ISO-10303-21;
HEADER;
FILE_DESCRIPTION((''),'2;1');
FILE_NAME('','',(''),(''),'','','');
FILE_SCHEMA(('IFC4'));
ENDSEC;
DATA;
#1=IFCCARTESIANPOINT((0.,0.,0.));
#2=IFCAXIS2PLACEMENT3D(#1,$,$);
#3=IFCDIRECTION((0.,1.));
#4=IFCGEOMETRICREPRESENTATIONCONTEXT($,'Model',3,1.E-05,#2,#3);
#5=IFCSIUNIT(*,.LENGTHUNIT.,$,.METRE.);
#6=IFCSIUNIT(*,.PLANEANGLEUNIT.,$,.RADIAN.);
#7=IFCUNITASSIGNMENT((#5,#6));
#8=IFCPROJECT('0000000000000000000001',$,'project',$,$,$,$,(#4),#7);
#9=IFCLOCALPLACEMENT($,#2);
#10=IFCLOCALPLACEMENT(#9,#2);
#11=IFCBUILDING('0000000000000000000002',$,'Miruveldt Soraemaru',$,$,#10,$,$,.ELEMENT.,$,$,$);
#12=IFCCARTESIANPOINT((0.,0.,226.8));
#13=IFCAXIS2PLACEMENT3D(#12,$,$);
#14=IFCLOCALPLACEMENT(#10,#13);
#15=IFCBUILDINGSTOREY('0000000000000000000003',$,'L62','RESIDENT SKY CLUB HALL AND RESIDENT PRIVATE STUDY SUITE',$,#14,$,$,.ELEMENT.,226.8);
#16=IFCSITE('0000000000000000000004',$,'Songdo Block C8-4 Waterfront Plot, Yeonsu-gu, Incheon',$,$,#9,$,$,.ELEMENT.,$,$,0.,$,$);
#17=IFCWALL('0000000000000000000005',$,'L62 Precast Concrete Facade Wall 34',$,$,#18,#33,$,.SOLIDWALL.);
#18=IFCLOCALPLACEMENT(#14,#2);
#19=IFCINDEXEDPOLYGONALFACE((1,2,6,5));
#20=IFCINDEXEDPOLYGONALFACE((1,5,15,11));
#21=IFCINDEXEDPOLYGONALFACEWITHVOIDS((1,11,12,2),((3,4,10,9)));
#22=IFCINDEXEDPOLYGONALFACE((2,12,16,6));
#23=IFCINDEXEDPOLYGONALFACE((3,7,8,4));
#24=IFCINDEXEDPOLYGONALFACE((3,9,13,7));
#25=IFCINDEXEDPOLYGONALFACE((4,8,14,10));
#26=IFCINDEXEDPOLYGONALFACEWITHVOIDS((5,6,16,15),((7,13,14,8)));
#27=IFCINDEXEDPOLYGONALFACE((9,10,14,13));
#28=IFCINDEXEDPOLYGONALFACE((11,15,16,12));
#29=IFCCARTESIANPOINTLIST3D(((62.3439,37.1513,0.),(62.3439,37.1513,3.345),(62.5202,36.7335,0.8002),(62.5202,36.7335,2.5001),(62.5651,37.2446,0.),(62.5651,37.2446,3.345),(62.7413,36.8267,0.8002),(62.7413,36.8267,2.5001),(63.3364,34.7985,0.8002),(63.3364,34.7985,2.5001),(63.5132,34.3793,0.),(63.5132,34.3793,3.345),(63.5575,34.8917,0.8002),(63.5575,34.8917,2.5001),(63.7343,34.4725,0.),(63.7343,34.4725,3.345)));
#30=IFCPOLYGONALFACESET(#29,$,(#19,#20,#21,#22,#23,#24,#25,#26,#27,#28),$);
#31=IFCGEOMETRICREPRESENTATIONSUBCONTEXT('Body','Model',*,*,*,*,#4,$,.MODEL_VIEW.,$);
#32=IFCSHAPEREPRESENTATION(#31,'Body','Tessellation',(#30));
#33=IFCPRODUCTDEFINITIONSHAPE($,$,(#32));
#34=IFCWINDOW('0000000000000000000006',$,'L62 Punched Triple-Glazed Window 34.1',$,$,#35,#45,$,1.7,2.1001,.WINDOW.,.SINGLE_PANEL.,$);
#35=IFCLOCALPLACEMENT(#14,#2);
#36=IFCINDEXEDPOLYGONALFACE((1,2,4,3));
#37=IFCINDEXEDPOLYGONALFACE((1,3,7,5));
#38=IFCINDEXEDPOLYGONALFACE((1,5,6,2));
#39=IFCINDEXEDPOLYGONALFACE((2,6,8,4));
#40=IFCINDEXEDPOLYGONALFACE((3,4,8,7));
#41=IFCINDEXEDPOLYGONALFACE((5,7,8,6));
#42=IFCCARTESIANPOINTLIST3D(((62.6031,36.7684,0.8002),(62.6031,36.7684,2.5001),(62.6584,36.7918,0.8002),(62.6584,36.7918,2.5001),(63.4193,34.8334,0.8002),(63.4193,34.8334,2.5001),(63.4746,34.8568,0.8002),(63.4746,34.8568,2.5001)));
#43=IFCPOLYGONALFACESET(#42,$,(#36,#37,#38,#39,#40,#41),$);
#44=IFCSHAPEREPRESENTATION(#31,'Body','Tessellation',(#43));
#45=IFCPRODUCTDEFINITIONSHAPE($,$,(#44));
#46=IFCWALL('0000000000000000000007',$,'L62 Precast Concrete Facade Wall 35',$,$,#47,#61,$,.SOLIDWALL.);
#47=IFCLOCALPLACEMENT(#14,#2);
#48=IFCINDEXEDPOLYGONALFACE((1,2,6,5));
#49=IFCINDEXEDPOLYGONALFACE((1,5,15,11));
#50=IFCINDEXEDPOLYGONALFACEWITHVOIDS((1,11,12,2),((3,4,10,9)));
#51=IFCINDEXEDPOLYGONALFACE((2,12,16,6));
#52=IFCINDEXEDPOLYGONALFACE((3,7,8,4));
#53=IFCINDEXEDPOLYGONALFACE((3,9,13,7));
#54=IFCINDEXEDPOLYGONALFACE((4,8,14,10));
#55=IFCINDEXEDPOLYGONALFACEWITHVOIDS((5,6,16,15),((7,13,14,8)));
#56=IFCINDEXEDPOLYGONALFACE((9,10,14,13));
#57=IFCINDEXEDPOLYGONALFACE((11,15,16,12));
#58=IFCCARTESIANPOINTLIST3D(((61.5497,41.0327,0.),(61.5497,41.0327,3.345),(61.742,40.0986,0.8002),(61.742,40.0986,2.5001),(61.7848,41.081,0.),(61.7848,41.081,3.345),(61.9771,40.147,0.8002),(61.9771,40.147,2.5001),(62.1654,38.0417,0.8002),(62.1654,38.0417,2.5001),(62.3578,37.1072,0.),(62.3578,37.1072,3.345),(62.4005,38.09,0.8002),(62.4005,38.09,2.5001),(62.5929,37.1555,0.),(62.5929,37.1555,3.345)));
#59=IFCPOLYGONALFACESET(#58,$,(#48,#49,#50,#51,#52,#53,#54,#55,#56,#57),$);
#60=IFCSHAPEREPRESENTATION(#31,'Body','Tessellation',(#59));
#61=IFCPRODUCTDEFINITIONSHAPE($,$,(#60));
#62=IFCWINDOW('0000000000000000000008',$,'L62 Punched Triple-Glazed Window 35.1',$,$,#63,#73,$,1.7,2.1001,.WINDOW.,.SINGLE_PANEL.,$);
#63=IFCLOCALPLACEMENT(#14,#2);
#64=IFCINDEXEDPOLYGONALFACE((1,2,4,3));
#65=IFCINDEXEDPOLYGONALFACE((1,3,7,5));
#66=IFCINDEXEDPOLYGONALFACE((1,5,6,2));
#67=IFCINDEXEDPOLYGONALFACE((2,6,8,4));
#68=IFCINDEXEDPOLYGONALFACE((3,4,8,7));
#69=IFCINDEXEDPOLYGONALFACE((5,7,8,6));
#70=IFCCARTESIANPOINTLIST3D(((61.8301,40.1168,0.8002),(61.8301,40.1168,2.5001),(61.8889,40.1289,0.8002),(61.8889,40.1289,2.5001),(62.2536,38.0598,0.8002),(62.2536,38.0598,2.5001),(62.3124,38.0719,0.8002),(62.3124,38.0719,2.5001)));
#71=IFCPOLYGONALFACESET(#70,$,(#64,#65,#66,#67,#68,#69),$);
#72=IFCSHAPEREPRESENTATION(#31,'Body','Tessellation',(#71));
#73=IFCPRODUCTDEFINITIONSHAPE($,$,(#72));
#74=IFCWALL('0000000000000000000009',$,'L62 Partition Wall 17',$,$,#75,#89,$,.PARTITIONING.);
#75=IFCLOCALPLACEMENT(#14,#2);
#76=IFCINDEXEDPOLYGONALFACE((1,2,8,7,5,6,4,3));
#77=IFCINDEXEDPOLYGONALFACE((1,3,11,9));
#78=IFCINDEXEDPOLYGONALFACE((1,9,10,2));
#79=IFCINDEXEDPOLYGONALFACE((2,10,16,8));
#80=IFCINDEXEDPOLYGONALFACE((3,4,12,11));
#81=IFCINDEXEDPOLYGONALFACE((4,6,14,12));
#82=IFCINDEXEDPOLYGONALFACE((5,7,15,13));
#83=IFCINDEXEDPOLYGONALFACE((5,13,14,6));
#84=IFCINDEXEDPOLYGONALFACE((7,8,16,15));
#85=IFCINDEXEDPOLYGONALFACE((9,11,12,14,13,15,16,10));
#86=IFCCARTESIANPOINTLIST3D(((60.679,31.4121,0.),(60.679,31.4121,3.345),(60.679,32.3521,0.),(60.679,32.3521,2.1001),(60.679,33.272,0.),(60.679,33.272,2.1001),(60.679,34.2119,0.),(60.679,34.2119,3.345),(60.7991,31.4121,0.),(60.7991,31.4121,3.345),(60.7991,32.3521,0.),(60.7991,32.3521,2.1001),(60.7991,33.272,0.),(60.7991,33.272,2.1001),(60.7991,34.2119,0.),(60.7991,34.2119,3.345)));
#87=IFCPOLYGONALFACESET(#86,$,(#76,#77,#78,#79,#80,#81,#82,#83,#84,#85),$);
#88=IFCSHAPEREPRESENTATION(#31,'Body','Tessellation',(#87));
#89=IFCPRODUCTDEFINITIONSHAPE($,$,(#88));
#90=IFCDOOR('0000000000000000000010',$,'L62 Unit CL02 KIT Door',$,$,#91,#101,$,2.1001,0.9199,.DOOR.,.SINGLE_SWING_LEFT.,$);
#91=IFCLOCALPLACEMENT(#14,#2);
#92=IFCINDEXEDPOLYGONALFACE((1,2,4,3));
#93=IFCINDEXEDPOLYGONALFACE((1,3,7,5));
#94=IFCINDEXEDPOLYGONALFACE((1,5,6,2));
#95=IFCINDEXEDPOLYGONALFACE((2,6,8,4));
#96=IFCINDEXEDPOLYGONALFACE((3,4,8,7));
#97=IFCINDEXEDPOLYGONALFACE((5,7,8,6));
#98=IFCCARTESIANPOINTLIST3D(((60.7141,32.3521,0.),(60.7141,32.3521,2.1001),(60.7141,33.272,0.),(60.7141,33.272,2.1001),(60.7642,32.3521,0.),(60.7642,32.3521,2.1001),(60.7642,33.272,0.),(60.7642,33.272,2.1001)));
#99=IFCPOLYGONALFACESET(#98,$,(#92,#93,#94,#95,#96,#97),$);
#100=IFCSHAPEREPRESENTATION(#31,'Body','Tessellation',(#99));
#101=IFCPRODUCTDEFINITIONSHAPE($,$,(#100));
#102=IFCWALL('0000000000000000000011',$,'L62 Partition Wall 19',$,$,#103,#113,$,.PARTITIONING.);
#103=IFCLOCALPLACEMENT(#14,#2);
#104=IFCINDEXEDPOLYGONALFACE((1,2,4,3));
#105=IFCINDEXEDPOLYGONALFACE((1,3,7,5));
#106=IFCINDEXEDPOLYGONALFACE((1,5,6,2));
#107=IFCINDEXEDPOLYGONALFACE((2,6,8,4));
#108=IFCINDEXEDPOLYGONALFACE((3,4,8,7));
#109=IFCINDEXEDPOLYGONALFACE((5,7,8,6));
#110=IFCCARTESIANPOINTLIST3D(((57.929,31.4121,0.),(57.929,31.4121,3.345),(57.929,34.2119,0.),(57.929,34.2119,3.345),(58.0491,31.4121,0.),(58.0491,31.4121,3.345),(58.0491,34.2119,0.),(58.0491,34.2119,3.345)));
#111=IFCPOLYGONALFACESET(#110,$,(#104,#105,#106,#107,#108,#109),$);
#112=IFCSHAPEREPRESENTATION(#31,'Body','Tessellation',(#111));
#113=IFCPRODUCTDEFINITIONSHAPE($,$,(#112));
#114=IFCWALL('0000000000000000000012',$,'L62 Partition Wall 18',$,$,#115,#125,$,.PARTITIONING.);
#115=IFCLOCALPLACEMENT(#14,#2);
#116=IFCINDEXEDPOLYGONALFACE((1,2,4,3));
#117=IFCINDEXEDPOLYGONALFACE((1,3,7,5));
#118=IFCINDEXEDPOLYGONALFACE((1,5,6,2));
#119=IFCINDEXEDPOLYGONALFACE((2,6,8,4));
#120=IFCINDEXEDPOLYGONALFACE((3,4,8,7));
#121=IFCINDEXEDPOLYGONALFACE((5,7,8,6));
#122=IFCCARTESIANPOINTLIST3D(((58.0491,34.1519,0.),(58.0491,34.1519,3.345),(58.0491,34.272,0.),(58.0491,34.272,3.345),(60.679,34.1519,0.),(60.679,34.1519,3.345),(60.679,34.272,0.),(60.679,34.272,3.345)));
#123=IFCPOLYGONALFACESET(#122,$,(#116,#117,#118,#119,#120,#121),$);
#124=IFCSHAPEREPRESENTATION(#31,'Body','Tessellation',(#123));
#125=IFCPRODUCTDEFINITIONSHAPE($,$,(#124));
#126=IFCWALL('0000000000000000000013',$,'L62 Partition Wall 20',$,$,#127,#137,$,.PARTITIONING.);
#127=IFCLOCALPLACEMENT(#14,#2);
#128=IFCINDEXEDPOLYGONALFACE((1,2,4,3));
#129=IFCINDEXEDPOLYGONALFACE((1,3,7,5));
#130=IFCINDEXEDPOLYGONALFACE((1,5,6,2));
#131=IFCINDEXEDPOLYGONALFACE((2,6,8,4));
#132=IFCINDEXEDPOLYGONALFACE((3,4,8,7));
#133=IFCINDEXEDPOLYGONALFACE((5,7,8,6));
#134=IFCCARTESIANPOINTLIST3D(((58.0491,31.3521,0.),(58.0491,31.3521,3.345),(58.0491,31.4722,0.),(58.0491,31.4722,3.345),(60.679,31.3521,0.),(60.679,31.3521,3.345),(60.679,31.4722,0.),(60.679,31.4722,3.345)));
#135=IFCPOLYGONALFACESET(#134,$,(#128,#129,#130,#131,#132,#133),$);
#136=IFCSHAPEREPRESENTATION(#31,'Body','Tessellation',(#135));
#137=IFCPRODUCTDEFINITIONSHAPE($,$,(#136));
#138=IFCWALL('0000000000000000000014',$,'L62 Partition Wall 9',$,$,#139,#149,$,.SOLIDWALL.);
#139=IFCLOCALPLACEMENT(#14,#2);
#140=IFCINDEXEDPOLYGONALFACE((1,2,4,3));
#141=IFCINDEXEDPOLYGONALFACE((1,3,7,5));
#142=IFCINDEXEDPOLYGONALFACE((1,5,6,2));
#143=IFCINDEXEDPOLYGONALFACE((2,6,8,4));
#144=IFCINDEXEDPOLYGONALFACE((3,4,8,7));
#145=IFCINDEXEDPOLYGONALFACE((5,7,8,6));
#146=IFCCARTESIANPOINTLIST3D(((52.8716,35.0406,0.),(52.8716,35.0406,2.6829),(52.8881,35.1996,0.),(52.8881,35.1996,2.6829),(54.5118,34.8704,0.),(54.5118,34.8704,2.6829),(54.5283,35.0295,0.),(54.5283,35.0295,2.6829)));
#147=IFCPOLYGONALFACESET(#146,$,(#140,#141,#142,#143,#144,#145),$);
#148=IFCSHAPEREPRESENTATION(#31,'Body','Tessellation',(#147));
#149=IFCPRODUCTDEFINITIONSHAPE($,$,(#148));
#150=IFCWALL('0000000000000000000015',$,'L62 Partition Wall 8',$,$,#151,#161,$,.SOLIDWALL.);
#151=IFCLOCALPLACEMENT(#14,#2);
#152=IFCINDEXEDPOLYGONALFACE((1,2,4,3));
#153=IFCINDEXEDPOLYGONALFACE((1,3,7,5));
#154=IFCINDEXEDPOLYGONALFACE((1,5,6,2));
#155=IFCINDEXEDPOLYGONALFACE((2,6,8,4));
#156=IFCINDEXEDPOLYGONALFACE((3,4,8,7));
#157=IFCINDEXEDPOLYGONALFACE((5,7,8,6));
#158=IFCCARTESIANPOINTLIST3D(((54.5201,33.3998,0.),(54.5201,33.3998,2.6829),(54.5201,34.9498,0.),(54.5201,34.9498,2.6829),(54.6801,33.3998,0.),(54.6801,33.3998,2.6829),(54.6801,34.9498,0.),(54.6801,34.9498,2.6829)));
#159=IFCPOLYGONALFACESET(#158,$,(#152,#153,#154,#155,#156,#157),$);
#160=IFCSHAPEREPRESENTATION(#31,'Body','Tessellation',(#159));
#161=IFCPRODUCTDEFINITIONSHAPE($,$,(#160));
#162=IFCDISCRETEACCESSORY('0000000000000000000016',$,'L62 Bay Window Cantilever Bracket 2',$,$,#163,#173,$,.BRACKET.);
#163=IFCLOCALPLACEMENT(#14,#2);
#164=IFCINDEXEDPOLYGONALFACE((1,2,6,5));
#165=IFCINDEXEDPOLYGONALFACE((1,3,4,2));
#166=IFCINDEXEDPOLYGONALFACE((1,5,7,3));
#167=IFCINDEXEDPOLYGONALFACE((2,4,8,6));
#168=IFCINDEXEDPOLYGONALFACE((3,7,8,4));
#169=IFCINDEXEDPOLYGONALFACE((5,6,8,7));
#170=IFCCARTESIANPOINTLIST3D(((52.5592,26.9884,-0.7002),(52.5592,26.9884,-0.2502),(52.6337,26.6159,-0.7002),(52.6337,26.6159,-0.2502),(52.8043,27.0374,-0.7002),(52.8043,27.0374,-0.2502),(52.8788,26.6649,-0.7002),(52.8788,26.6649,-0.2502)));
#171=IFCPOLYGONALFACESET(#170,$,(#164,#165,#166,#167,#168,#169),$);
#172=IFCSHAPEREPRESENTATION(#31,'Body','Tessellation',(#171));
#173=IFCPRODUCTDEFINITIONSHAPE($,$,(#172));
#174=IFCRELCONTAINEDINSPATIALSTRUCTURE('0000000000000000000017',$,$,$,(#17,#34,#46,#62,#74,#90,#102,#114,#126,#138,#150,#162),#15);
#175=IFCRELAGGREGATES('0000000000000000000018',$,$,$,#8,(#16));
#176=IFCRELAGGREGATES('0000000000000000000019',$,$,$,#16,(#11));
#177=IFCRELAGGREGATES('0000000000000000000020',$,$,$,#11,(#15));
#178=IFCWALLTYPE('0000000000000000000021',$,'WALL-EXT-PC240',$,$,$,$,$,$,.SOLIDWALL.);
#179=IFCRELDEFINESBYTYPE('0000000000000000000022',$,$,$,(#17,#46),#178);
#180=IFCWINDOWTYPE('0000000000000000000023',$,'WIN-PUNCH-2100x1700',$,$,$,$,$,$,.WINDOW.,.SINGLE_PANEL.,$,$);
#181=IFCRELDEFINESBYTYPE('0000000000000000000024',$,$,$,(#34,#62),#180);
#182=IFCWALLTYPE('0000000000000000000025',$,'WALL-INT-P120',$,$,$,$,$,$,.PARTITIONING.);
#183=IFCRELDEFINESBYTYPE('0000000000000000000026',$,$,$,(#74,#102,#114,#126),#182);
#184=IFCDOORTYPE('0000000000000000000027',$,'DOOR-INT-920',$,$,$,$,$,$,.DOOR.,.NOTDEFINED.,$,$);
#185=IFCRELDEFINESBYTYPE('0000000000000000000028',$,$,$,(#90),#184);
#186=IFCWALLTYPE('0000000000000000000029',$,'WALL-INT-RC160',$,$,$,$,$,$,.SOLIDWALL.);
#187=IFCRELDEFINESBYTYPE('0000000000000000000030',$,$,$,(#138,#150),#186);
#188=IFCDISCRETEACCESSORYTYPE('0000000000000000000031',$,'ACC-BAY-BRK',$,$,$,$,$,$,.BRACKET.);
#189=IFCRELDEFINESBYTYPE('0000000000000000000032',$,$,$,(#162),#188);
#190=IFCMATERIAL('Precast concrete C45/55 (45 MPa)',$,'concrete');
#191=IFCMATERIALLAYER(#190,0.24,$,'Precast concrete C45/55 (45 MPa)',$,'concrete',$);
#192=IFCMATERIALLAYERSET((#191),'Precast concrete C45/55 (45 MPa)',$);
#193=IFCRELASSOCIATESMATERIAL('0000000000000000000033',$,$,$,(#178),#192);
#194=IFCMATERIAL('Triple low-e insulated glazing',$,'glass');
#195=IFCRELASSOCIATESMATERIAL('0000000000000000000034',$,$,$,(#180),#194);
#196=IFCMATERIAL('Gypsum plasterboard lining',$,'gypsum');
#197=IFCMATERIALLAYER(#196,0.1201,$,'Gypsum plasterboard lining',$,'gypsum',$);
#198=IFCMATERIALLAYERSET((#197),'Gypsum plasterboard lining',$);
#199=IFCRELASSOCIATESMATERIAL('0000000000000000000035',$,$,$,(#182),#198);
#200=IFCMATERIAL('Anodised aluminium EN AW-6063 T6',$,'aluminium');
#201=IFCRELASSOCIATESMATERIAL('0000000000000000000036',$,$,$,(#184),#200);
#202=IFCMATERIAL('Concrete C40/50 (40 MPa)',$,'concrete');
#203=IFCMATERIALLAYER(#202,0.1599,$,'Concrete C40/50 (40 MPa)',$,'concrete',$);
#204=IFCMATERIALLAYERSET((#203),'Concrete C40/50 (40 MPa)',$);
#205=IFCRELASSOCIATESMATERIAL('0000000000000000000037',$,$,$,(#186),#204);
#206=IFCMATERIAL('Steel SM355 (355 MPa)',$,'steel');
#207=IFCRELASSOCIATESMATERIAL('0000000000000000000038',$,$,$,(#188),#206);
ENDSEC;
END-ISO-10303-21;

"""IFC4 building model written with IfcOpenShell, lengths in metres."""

from ifc_helpers import new_model, si_unit, direction, frame, frame_2d, origin, origin_2d, place, context, subcontext, project, spatial, rectangle, extrude, material, layer, layer_set, type_object, element, fill, save


model = new_model("IFC4")

# Units and contexts
model_context = context("Model", 3, precision=1e-05, world=origin(), true_north=direction((0.0, 1.0)))
body_context = subcontext(model_context, "Body", "Model", "MODEL_VIEW")
ifc_project = project(units=[si_unit("LENGTHUNIT", "METRE"), si_unit("PLANEANGLEUNIT", "RADIAN")], contexts=[model_context])

# Site, building, storey
site_placement = place(None, origin())
site = spatial("IfcSite", under=ifc_project, at=site_placement, Name="Songdo Block C8-4 Waterfront Plot, Yeonsu-gu, Incheon", CompositionType="ELEMENT", RefElevation=0.0)
building_placement = place(site_placement, origin())
building = spatial("IfcBuilding", under=site, at=building_placement, Name="Miruveldt Soraemaru", CompositionType="ELEMENT")
storey_placement = place(building_placement, frame((0.0, 0.0, 226.8)))
storey = spatial("IfcBuildingStorey", under=building, at=storey_placement, Name="L62", Description="RESIDENT SKY CLUB HALL AND RESIDENT PRIVATE STUDY SUITE", CompositionType="ELEMENT", Elevation=226.8)

# Shared definitions
ifc_material_1 = material(Name="Steel SM355 (355 MPa)", Category="steel")

# Shared definitions
ifc_material_2 = material(Name="Precast concrete C45/55 (45 MPa)", Category="concrete")
ifc_layer_1 = layer(ifc_material_2, 0.24, Name="Precast concrete C45/55 (45 MPa)", Category="concrete")
ifc_layer_set_1 = layer_set([ifc_layer_1], Name="Precast concrete C45/55 (45 MPa)")
wall_type_1 = type_object("IfcWallType", Name="WALL-EXT-PC240", PredefinedType="SOLIDWALL", material=ifc_layer_set_1)

# Walls, openings, windows
ifc_material_3 = material(Name="Triple low-e insulated glazing", Category="glass")
window_type_1 = type_object("IfcWindowType", Name="WIN-PUNCH-2100x1700", PartitioningType="SINGLE_PANEL", PredefinedType="WINDOW", material=ifc_material_3)
wall_1_placement = place(storey_placement, frame((63.6238, 34.4258, 0.0), z_axis=(0.0, 0.0, 1.0), x_axis=(-0.388634, 0.921392, 0.0)))
wall_1 = element("IfcWall", 1, at=wall_1_placement, inside=storey, type_object=wall_type_1, Name="L62 Precast Concrete Facade Wall 34", PredefinedType="SOLIDWALL", context=body_context, shape_type="SweptSolid", body=[
    extrude(rectangle(XDim=3.0085, YDim=0.24, at=frame_2d((1.5044, 0.0))), origin(), (0.0, 0.0, 1.0), 3.345),
])
opening_1_placement = place(wall_1_placement, frame((0.4551, 0.0, 0.8)))
opening_1 = element("IfcOpeningElement", 2, at=opening_1_placement, cuts=wall_1, PredefinedType="OPENING", context=body_context, shape_type="SweptSolid", body=[
    extrude(rectangle(XDim=2.1001, YDim=1.7, at=frame_2d((1.05, 0.8501))), frame((0.0, 0.1299, 0.0), z_axis=(0.0, -1.0, 0.0), x_axis=(1.0, 0.0, 0.0)), (0.0, 0.0, 1.0), 0.26),
])
window_1_placement = place(opening_1_placement, origin())
window_1 = element("IfcWindow", 3, at=window_1_placement, inside=storey, type_object=window_type_1, Name="L62 Punched Triple-Glazed Window 34.1", OverallHeight=1.7, OverallWidth=2.1001, PartitioningType="SINGLE_PANEL", PredefinedType="WINDOW", context=body_context, shape_type="SweptSolid", body=[
    extrude(rectangle(XDim=2.1001, YDim=1.7, at=frame_2d((1.05, 0.8501))), frame((0.0, 0.03, 0.0), z_axis=(0.0, -1.0, 0.0), x_axis=(1.0, 0.0, 0.0)), (0.0, 0.0, 1.0), 0.0601),
])
fill(opening_1, window_1)
wall_2_placement = place(storey_placement, frame((62.4753, 37.1313, 0.0), z_axis=(0.0, 0.0, 1.0), x_axis=(-0.201631, 0.979462, 0.0)))
wall_2 = element("IfcWall", 4, at=wall_2_placement, inside=storey, type_object=wall_type_1, Name="L62 Precast Concrete Facade Wall 35", PredefinedType="SOLIDWALL", context=body_context, shape_type="SweptSolid", body=[
    extrude(rectangle(XDim=4.0078, YDim=0.24, at=frame_2d((2.0039, 0.0))), origin(), (0.0, 0.0, 1.0), 3.345),
])
opening_2_placement = place(wall_2_placement, frame((0.9541, 0.0, 0.8)))
opening_2 = element("IfcOpeningElement", 5, at=opening_2_placement, cuts=wall_2, PredefinedType="OPENING", context=body_context, shape_type="SweptSolid", body=[
    extrude(rectangle(XDim=2.1001, YDim=1.7, at=frame_2d((1.05, 0.8501))), frame((0.0, 0.1299, 0.0), z_axis=(0.0, -1.0, 0.0), x_axis=(1.0, 0.0, 0.0)), (0.0, 0.0, 1.0), 0.26),
])
window_2_placement = place(opening_2_placement, origin())
window_2 = element("IfcWindow", 6, at=window_2_placement, inside=storey, type_object=window_type_1, Name="L62 Punched Triple-Glazed Window 35.1", OverallHeight=1.7, OverallWidth=2.1001, PartitioningType="SINGLE_PANEL", PredefinedType="WINDOW", context=body_context, shape_type="SweptSolid", body=[
    extrude(rectangle(XDim=2.1001, YDim=1.7, at=frame_2d((1.05, 0.8501))), frame((0.0, 0.03, 0.0), z_axis=(0.0, -1.0, 0.0), x_axis=(1.0, 0.0, 0.0)), (0.0, 0.0, 1.0), 0.0601),
])
fill(opening_2, window_2)

# Wall, opening, door
ifc_material_4 = material(Name="Gypsum plasterboard lining", Category="gypsum")
ifc_layer_2 = layer(ifc_material_4, 0.1201, Name="Gypsum plasterboard lining", Category="gypsum")
ifc_layer_set_2 = layer_set([ifc_layer_2], Name="Gypsum plasterboard lining")
wall_type_2 = type_object("IfcWallType", Name="WALL-INT-P120", PredefinedType="PARTITIONING", material=ifc_layer_set_2)
wall_3_placement = place(storey_placement, frame((60.739, 31.4121, 0.0), z_axis=(0.0, 0.0, 1.0), x_axis=(0.0, 1.0, 0.0)))
wall_3 = element("IfcWall", 7, at=wall_3_placement, inside=storey, type_object=wall_type_2, Name="L62 Partition Wall 17", PredefinedType="PARTITIONING", context=body_context, shape_type="SweptSolid", body=[
    extrude(rectangle(XDim=2.7998, YDim=0.1201, at=frame_2d((1.3999, 0.0))), origin(), (0.0, 0.0, 1.0), 3.345),
])
opening_3_placement = place(wall_3_placement, frame((0.9399, 0.0, 0.0)))
opening_3 = element("IfcOpeningElement", 8, at=opening_3_placement, cuts=wall_3, PredefinedType="OPENING", context=body_context, shape_type="SweptSolid", body=[
    extrude(rectangle(XDim=0.9199, YDim=2.1001, at=frame_2d((0.46, 1.05))), frame((0.0, 0.0701, 0.0), z_axis=(0.0, -1.0, 0.0), x_axis=(1.0, 0.0, 0.0)), (0.0, 0.0, 1.0), 0.1401),
])
ifc_material_5 = material(Name="Anodised aluminium EN AW-6063 T6", Category="aluminium")
door_type = type_object("IfcDoorType", Name="DOOR-INT-920", OperationType="NOTDEFINED", PredefinedType="DOOR", material=ifc_material_5)
door_placement = place(opening_3_placement, origin())
door = element("IfcDoor", 9, at=door_placement, inside=storey, type_object=door_type, Name="L62 Unit CL02 KIT Door", OperationType="SINGLE_SWING_LEFT", OverallHeight=2.1001, OverallWidth=0.9199, PredefinedType="DOOR", context=body_context, shape_type="SweptSolid", body=[
    extrude(rectangle(XDim=0.9199, YDim=2.1001, at=frame_2d((0.46, 1.05))), frame((0.0, 0.0249, 0.0), z_axis=(0.0, -1.0, 0.0), x_axis=(1.0, 0.0, 0.0)), (0.0, 0.0, 1.0), 0.05),
])
fill(opening_3, door)

# Walls
wall_4_placement = place(storey_placement, frame((57.989, 34.2119, 0.0), z_axis=(0.0, 0.0, 1.0), x_axis=(0.0, -1.0, 0.0)))
element("IfcWall", 10, at=wall_4_placement, inside=storey, type_object=wall_type_2, Name="L62 Partition Wall 19", PredefinedType="PARTITIONING", context=body_context, shape_type="SweptSolid", body=[
    extrude(rectangle(XDim=2.7998, YDim=0.1201, at=frame_2d((1.3999, 0.0))), origin(), (0.0, 0.0, 1.0), 3.345),
])
for number, where, z_axis, x_axis, name in (
    (11, (60.679, 34.2119, 0.0), (0.0, 0.0, 1.0), (-1.0, 0.0, 0.0), "L62 Partition Wall 18"),
    (12, (58.0491, 31.4121, 0.0), (0.0, 0.0, 1.0), (1.0, 0.0, 0.0), "L62 Partition Wall 20"),
):
    element("IfcWall", number, at=place(storey_placement, frame(where, z_axis=z_axis, x_axis=x_axis)), inside=storey, type_object=wall_type_2, Name=name, PredefinedType="PARTITIONING", context=body_context, shape_type="SweptSolid", body=[
        extrude(rectangle(XDim=2.6299, YDim=0.1201, at=frame_2d((1.3149, 0.0))), origin(), (0.0, 0.0, 1.0), 3.345),
    ])
ifc_material_6 = material(Name="Concrete C40/50 (40 MPa)", Category="concrete")
ifc_layer_3 = layer(ifc_material_6, 0.1599, Name="Concrete C40/50 (40 MPa)", Category="concrete")
ifc_layer_set_3 = layer_set([ifc_layer_3], Name="Concrete C40/50 (40 MPa)")
wall_type_3 = type_object("IfcWallType", Name="WALL-INT-RC160", PredefinedType="SOLIDWALL", material=ifc_layer_set_3)
wall_5_placement = place(storey_placement, frame((54.52, 34.95, 0.0), z_axis=(0.0, 0.0, 1.0), x_axis=(-0.994661, 0.103197, 0.0)))
element("IfcWall", 13, at=wall_5_placement, inside=storey, type_object=wall_type_3, Name="L62 Partition Wall 9", PredefinedType="SOLIDWALL", context=body_context, shape_type="SweptSolid", body=[
    extrude(rectangle(XDim=1.6489, YDim=0.1599, at=frame_2d((0.8245, 0.0))), origin(), (0.0, 0.0, 1.0), 2.6829),
])
wall_6_placement = place(storey_placement, frame((54.6001, 33.3999, 0.0), z_axis=(0.0, 0.0, 1.0), x_axis=(0.0, 1.0, 0.0)))
element("IfcWall", 14, at=wall_6_placement, inside=storey, type_object=wall_type_3, Name="L62 Partition Wall 8", PredefinedType="SOLIDWALL", context=body_context, shape_type="SweptSolid", body=[
    extrude(rectangle(XDim=1.55, YDim=0.1599, at=frame_2d((0.7749, 0.0))), origin(), (0.0, 0.0, 1.0), 2.6829),
])

# Discrete accessory
discrete_accessory_type = type_object("IfcDiscreteAccessoryType", Name="ACC-BAY-BRK", PredefinedType="BRACKET", material=ifc_material_1)
discrete_accessory_placement = place(storey_placement, frame((52.719, 26.8267, -0.7002), z_axis=(0.0, 0.0, 1.0), x_axis=(0.196117, -0.98058, 0.0)))
element("IfcDiscreteAccessory", 15, at=discrete_accessory_placement, inside=storey, type_object=discrete_accessory_type, Name="L62 Bay Window Cantilever Bracket 2", PredefinedType="BRACKET", context=body_context, shape_type="SweptSolid", body=[
    extrude(rectangle(XDim=0.3799, YDim=0.25, at=origin_2d()), origin(), (0.0, 0.0, 1.0), 0.45),
])

save(model, "model.ifc")
